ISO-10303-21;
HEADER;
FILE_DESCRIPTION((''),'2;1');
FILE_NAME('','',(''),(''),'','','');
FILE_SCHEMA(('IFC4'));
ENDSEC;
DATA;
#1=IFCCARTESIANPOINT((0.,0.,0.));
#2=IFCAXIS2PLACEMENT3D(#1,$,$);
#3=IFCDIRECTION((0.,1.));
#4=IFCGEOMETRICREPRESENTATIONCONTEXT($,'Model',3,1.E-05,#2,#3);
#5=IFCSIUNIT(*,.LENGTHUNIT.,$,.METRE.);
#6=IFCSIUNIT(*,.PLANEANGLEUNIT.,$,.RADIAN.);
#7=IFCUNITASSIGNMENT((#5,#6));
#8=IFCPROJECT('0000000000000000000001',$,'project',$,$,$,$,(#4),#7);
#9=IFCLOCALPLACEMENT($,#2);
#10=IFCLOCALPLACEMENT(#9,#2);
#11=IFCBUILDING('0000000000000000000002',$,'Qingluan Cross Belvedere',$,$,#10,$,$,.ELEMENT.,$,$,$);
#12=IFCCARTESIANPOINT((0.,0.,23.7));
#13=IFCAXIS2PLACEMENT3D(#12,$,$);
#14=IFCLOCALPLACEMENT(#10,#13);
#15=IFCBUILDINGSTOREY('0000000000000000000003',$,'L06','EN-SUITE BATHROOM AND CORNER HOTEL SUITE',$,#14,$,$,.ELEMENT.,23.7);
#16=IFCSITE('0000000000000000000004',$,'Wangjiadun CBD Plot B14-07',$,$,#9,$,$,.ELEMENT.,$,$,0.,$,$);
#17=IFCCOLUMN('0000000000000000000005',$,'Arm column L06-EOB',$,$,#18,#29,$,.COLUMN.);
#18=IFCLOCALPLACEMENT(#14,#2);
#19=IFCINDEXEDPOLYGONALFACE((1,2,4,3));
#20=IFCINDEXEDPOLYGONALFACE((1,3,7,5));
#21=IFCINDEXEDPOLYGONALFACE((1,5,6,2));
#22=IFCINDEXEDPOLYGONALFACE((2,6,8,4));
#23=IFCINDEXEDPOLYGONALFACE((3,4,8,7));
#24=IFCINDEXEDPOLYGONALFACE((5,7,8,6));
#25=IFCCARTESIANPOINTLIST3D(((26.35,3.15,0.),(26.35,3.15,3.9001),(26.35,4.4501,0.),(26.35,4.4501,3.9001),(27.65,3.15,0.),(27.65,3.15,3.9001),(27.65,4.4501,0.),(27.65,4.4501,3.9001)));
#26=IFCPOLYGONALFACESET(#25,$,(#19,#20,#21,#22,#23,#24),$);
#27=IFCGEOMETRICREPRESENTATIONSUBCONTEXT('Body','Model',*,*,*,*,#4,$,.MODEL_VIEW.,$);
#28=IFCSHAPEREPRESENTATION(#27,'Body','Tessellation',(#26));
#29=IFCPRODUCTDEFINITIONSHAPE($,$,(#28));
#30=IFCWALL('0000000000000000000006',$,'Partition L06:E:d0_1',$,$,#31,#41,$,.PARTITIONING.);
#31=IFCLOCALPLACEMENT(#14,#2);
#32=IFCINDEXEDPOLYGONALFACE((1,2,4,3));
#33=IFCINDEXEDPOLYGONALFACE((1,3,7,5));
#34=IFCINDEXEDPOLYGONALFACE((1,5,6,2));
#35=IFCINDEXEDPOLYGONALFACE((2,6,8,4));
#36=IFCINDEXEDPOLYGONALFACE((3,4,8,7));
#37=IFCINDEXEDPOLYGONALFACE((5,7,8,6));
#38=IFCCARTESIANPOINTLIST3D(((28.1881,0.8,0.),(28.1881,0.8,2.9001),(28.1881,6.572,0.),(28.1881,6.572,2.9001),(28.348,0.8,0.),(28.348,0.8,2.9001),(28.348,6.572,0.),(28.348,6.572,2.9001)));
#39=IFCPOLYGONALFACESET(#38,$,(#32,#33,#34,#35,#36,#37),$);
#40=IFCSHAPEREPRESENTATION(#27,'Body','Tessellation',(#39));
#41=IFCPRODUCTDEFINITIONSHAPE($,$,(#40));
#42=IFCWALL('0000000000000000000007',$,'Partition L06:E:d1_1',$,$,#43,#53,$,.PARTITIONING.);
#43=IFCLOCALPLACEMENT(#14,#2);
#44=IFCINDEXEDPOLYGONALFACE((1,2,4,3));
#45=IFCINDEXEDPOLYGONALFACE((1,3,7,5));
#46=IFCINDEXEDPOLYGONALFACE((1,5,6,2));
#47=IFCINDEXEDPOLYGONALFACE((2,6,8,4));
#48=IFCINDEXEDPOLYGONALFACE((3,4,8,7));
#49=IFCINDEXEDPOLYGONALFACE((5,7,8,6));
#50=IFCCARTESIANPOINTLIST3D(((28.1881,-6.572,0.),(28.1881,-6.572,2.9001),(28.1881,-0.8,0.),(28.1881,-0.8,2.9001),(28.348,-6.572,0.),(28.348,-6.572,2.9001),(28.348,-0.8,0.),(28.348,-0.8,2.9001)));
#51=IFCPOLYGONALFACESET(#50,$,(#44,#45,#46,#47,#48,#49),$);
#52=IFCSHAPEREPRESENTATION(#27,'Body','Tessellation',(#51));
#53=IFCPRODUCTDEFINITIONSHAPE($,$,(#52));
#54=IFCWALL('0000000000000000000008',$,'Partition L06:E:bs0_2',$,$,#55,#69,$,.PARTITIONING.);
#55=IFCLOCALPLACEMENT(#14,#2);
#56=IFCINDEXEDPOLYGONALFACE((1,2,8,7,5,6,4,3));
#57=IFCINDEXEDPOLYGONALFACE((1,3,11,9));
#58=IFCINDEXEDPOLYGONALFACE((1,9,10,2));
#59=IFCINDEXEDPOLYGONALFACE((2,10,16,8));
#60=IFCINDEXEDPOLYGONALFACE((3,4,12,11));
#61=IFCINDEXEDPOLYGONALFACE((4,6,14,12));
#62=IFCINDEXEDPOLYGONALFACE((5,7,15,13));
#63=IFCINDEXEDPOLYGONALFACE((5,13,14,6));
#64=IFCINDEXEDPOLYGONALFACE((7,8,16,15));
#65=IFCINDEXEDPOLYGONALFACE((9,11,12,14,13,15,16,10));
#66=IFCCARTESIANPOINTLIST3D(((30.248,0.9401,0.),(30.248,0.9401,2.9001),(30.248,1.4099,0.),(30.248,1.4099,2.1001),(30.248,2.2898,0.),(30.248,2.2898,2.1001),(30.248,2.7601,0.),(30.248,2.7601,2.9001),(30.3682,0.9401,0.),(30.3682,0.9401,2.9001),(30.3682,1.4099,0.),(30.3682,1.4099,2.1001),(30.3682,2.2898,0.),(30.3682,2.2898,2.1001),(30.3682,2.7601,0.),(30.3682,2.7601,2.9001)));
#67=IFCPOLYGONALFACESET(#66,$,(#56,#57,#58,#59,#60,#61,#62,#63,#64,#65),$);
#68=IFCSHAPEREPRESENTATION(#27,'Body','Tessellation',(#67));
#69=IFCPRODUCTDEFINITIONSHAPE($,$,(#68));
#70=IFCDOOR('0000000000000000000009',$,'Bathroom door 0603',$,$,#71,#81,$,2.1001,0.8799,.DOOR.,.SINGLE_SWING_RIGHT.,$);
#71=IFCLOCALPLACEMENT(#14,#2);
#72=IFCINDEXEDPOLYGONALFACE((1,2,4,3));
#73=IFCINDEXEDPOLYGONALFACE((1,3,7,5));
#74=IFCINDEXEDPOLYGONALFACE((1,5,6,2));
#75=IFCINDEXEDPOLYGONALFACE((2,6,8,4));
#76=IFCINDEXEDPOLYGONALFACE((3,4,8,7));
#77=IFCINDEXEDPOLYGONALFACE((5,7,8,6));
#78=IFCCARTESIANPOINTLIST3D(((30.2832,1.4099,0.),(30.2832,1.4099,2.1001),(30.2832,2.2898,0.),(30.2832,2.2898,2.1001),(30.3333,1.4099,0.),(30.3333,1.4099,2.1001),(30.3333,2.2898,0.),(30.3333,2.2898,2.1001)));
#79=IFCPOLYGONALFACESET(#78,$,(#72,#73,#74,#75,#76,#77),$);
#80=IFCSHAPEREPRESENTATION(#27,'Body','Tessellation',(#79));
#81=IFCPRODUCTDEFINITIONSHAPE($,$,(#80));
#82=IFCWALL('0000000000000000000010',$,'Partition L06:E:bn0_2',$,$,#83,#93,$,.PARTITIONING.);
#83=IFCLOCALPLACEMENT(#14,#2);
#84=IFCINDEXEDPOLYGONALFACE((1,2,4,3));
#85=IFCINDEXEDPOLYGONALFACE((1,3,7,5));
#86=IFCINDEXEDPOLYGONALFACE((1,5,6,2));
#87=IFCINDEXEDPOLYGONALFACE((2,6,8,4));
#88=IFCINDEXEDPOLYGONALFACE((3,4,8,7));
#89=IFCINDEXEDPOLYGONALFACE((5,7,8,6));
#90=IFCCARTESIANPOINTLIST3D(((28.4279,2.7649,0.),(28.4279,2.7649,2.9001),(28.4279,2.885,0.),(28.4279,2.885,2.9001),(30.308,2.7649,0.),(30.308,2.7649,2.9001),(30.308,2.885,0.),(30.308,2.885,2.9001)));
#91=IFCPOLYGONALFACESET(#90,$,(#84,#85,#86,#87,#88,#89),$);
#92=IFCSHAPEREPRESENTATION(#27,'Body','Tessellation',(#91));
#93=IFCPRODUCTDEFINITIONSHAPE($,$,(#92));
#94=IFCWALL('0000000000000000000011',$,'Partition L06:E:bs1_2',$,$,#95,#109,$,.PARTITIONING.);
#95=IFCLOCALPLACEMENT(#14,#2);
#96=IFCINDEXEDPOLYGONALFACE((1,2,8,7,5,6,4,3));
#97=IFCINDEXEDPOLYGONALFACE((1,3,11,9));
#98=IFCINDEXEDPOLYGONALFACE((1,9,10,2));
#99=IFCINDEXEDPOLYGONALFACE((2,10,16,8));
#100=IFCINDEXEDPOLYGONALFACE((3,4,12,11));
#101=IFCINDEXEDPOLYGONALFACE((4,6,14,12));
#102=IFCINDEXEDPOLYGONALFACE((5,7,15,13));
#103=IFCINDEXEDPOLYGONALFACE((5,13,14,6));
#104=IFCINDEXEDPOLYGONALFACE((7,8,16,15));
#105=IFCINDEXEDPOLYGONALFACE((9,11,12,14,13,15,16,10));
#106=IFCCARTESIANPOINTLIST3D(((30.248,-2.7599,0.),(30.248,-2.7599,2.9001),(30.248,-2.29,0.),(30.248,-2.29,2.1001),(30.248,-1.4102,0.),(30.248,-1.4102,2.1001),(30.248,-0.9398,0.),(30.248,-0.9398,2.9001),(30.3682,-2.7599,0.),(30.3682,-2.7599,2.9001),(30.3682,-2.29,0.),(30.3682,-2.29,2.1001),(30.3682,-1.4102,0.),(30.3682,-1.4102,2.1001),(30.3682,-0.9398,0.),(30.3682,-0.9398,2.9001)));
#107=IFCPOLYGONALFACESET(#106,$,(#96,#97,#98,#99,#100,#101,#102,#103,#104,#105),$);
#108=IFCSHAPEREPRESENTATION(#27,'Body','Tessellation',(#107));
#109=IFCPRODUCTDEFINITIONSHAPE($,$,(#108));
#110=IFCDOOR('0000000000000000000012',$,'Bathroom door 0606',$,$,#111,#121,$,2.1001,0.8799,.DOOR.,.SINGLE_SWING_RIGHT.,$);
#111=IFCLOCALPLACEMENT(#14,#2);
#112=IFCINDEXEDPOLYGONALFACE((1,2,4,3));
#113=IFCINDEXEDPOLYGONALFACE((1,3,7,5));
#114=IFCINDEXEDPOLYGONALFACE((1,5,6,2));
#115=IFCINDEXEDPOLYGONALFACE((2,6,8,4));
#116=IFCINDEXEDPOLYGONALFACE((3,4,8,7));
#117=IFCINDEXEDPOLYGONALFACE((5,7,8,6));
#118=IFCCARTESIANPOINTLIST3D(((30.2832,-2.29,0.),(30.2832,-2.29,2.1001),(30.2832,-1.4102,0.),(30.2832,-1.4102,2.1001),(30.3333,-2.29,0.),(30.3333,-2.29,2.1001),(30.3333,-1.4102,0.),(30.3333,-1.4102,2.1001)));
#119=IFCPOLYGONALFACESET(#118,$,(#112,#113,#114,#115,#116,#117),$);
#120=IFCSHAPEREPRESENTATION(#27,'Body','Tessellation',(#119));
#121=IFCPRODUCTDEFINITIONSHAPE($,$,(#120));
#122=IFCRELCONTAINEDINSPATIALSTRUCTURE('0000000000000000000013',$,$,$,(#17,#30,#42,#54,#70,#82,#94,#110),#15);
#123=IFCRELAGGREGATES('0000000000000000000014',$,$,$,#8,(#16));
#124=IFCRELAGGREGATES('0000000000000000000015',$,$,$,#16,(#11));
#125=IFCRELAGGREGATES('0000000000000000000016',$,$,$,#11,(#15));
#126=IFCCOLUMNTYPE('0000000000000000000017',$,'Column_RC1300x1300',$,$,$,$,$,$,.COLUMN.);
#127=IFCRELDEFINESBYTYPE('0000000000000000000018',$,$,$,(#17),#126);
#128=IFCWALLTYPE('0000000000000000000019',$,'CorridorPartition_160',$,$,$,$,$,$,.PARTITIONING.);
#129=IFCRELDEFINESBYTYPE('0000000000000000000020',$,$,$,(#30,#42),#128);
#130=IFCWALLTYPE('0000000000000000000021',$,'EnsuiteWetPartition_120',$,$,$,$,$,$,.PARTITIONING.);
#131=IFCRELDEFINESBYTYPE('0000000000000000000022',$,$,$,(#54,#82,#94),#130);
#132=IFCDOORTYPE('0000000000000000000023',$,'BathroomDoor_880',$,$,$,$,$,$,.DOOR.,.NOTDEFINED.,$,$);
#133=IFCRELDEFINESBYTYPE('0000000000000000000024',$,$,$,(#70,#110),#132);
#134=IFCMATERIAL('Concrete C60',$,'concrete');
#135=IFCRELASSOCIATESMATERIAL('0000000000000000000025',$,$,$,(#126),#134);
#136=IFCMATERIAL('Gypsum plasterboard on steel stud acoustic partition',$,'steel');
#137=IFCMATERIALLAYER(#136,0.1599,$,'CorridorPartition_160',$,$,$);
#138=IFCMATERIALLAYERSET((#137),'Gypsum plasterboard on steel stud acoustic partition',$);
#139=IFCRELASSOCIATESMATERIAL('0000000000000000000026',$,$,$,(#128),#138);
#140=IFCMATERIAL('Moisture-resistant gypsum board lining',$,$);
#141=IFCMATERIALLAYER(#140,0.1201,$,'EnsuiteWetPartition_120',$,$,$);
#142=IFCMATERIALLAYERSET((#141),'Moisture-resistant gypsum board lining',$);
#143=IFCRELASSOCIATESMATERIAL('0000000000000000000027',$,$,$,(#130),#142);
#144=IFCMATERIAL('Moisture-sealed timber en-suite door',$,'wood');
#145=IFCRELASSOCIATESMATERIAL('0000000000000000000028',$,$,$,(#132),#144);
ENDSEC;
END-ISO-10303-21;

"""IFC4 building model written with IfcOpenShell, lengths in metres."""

from ifc_helpers import new_model, si_unit, direction, frame, frame_2d, origin, origin_2d, place, context, subcontext, project, spatial, rectangle, extrude, material, layer, layer_set, material_profile, profile_set, type_object, element, fill, save


model = new_model("IFC4")

# Units and contexts
model_context = context("Model", 3, precision=1e-05, world=origin(), true_north=direction((0.0, 1.0)))
body_context = subcontext(model_context, "Body", "Model", "MODEL_VIEW")
ifc_project = project(units=[si_unit("LENGTHUNIT", "METRE"), si_unit("PLANEANGLEUNIT", "RADIAN")], contexts=[model_context])

# Site, building, storey
site_placement = place(None, origin())
site = spatial("IfcSite", under=ifc_project, at=site_placement, Name="Wangjiadun CBD Plot B14-07", CompositionType="ELEMENT", RefElevation=0.0)
building_placement = place(site_placement, origin())
building = spatial("IfcBuilding", under=site, at=building_placement, Name="Qingluan Cross Belvedere", CompositionType="ELEMENT")
storey_placement = place(building_placement, frame((0.0, 0.0, 23.7)))
storey = spatial("IfcBuildingStorey", under=building, at=storey_placement, Name="L06", Description="EN-SUITE BATHROOM AND CORNER HOTEL SUITE", CompositionType="ELEMENT", Elevation=23.7)

# Column
ifc_material_1 = material(Name="Concrete C60", Category="concrete")
ifc_material_profile = material_profile(ifc_material_1, rectangle(XDim=1.3, YDim=1.3, at=origin_2d()), Name="RC1300x1300")
ifc_profile_set = profile_set([ifc_material_profile], Name="Concrete C60")
column_type = type_object("IfcColumnType", Name="Column_RC1300x1300", PredefinedType="COLUMN", material=ifc_profile_set)
column_placement = place(storey_placement, frame((27.0, 3.8, 0.0), z_axis=(0.0, 0.0, 1.0), x_axis=(1.0, 0.0, 0.0)))
element("IfcColumn", 1, at=column_placement, inside=storey, type_object=column_type, Name="Arm column L06-EOB", PredefinedType="COLUMN", context=body_context, shape_type="SweptSolid", body=[
    extrude(rectangle(XDim=1.3, YDim=1.3, at=origin_2d()), origin(), (0.0, 0.0, 1.0), 3.9001),
])

# Walls
ifc_material_2 = material(Name="Gypsum plasterboard on steel stud acoustic partition", Category="steel")
ifc_layer_1 = layer(ifc_material_2, 0.1599, Name="CorridorPartition_160")
ifc_layer_set_1 = layer_set([ifc_layer_1], Name="Gypsum plasterboard on steel stud acoustic partition")
wall_type_1 = type_object("IfcWallType", Name="CorridorPartition_160", PredefinedType="PARTITIONING", material=ifc_layer_set_1)
for number, where, z_axis, x_axis, name in (
    (2, (28.2681, 0.8, 0.0), (0.0, 0.0, 1.0), (0.0, 1.0, 0.0), "Partition L06:E:d0_1"),
    (3, (28.2681, -0.8, 0.0), (0.0, 0.0, 1.0), (0.0, -1.0, 0.0), "Partition L06:E:d1_1"),
):
    element("IfcWall", number, at=place(storey_placement, frame(where, z_axis=z_axis, x_axis=x_axis)), inside=storey, type_object=wall_type_1, Name=name, PredefinedType="PARTITIONING", context=body_context, shape_type="SweptSolid", body=[
        extrude(rectangle(XDim=5.772, YDim=0.1599, at=frame_2d((2.886, 0.0))), origin(), (0.0, 0.0, 1.0), 2.9001),
    ])

# Wall, opening, door
ifc_material_3 = material(Name="Moisture-resistant gypsum board lining")
ifc_layer_2 = layer(ifc_material_3, 0.1201, Name="EnsuiteWetPartition_120")
ifc_layer_set_2 = layer_set([ifc_layer_2], Name="Moisture-resistant gypsum board lining")
wall_type_2 = type_object("IfcWallType", Name="EnsuiteWetPartition_120", PredefinedType="PARTITIONING", material=ifc_layer_set_2)
wall_1_placement = place(storey_placement, frame((30.3081, 0.9399, 0.0), z_axis=(0.0, 0.0, 1.0), x_axis=(0.0, 1.0, 0.0)))
wall_1 = element("IfcWall", 4, at=wall_1_placement, inside=storey, type_object=wall_type_2, Name="Partition L06:E:bs0_2", PredefinedType="PARTITIONING", context=body_context, shape_type="SweptSolid", body=[
    extrude(rectangle(XDim=1.8201, YDim=0.1201, at=frame_2d((0.9102, 0.0))), origin(), (0.0, 0.0, 1.0), 2.9001),
])
opening_1_placement = place(wall_1_placement, frame((0.47, 0.0, 0.0)))
opening_1 = element("IfcOpeningElement", 5, at=opening_1_placement, cuts=wall_1, PredefinedType="OPENING", context=body_context, shape_type="SweptSolid", body=[
    extrude(rectangle(XDim=0.8799, YDim=2.1001, at=frame_2d((0.4399, 1.05))), frame((0.0, 0.0701, 0.0), z_axis=(0.0, -1.0, 0.0), x_axis=(1.0, 0.0, 0.0)), (0.0, 0.0, 1.0), 0.1401),
])
ifc_material_4 = material(Name="Moisture-sealed timber en-suite door", Category="wood")
door_type_1 = type_object("IfcDoorType", Name="BathroomDoor_880", OperationType="NOTDEFINED", PredefinedType="DOOR", material=ifc_material_4)
door_1_placement = place(opening_1_placement, origin())
door_1 = element("IfcDoor", 6, at=door_1_placement, inside=storey, type_object=door_type_1, Name="Bathroom door 0603", OperationType="SINGLE_SWING_RIGHT", OverallHeight=2.1001, OverallWidth=0.8799, PredefinedType="DOOR", context=body_context, shape_type="SweptSolid", body=[
    extrude(rectangle(XDim=0.8799, YDim=2.1001, at=frame_2d((0.4399, 1.05))), frame((0.0, 0.0249, 0.0), z_axis=(0.0, -1.0, 0.0), x_axis=(1.0, 0.0, 0.0)), (0.0, 0.0, 1.0), 0.05),
])
fill(opening_1, door_1)

# Wall
wall_2_placement = place(storey_placement, frame((28.428, 2.825, 0.0), z_axis=(0.0, 0.0, 1.0), x_axis=(1.0, 0.0, 0.0)))
element("IfcWall", 7, at=wall_2_placement, inside=storey, type_object=wall_type_2, Name="Partition L06:E:bn0_2", PredefinedType="PARTITIONING", context=body_context, shape_type="SweptSolid", body=[
    extrude(rectangle(XDim=1.8801, YDim=0.1201, at=frame_2d((0.9399, 0.0))), origin(), (0.0, 0.0, 1.0), 2.9001),
])

# Wall, opening, door
wall_3_placement = place(storey_placement, frame((30.3081, -2.76, 0.0), z_axis=(0.0, 0.0, 1.0), x_axis=(0.0, 1.0, 0.0)))
wall_3 = element("IfcWall", 8, at=wall_3_placement, inside=storey, type_object=wall_type_2, Name="Partition L06:E:bs1_2", PredefinedType="PARTITIONING", context=body_context, shape_type="SweptSolid", body=[
    extrude(rectangle(XDim=1.8201, YDim=0.1201, at=frame_2d((0.9102, 0.0))), origin(), (0.0, 0.0, 1.0), 2.9001),
])
opening_2_placement = place(wall_3_placement, frame((0.47, 0.0, 0.0)))
opening_2 = element("IfcOpeningElement", 9, at=opening_2_placement, cuts=wall_3, PredefinedType="OPENING", context=body_context, shape_type="SweptSolid", body=[
    extrude(rectangle(XDim=0.8799, YDim=2.1001, at=frame_2d((0.4399, 1.05))), frame((0.0, 0.0701, 0.0), z_axis=(0.0, -1.0, 0.0), x_axis=(1.0, 0.0, 0.0)), (0.0, 0.0, 1.0), 0.1401),
])
door_2_placement = place(opening_2_placement, origin())
door_2 = element("IfcDoor", 10, at=door_2_placement, inside=storey, type_object=door_type_1, Name="Bathroom door 0606", OperationType="SINGLE_SWING_RIGHT", OverallHeight=2.1001, OverallWidth=0.8799, PredefinedType="DOOR", context=body_context, shape_type="SweptSolid", body=[
    extrude(rectangle(XDim=0.8799, YDim=2.1001, at=frame_2d((0.4399, 1.05))), frame((0.0, 0.0249, 0.0), z_axis=(0.0, -1.0, 0.0), x_axis=(1.0, 0.0, 0.0)), (0.0, 0.0, 1.0), 0.05),
])
fill(opening_2, door_2)

save(model, "model.ifc")
